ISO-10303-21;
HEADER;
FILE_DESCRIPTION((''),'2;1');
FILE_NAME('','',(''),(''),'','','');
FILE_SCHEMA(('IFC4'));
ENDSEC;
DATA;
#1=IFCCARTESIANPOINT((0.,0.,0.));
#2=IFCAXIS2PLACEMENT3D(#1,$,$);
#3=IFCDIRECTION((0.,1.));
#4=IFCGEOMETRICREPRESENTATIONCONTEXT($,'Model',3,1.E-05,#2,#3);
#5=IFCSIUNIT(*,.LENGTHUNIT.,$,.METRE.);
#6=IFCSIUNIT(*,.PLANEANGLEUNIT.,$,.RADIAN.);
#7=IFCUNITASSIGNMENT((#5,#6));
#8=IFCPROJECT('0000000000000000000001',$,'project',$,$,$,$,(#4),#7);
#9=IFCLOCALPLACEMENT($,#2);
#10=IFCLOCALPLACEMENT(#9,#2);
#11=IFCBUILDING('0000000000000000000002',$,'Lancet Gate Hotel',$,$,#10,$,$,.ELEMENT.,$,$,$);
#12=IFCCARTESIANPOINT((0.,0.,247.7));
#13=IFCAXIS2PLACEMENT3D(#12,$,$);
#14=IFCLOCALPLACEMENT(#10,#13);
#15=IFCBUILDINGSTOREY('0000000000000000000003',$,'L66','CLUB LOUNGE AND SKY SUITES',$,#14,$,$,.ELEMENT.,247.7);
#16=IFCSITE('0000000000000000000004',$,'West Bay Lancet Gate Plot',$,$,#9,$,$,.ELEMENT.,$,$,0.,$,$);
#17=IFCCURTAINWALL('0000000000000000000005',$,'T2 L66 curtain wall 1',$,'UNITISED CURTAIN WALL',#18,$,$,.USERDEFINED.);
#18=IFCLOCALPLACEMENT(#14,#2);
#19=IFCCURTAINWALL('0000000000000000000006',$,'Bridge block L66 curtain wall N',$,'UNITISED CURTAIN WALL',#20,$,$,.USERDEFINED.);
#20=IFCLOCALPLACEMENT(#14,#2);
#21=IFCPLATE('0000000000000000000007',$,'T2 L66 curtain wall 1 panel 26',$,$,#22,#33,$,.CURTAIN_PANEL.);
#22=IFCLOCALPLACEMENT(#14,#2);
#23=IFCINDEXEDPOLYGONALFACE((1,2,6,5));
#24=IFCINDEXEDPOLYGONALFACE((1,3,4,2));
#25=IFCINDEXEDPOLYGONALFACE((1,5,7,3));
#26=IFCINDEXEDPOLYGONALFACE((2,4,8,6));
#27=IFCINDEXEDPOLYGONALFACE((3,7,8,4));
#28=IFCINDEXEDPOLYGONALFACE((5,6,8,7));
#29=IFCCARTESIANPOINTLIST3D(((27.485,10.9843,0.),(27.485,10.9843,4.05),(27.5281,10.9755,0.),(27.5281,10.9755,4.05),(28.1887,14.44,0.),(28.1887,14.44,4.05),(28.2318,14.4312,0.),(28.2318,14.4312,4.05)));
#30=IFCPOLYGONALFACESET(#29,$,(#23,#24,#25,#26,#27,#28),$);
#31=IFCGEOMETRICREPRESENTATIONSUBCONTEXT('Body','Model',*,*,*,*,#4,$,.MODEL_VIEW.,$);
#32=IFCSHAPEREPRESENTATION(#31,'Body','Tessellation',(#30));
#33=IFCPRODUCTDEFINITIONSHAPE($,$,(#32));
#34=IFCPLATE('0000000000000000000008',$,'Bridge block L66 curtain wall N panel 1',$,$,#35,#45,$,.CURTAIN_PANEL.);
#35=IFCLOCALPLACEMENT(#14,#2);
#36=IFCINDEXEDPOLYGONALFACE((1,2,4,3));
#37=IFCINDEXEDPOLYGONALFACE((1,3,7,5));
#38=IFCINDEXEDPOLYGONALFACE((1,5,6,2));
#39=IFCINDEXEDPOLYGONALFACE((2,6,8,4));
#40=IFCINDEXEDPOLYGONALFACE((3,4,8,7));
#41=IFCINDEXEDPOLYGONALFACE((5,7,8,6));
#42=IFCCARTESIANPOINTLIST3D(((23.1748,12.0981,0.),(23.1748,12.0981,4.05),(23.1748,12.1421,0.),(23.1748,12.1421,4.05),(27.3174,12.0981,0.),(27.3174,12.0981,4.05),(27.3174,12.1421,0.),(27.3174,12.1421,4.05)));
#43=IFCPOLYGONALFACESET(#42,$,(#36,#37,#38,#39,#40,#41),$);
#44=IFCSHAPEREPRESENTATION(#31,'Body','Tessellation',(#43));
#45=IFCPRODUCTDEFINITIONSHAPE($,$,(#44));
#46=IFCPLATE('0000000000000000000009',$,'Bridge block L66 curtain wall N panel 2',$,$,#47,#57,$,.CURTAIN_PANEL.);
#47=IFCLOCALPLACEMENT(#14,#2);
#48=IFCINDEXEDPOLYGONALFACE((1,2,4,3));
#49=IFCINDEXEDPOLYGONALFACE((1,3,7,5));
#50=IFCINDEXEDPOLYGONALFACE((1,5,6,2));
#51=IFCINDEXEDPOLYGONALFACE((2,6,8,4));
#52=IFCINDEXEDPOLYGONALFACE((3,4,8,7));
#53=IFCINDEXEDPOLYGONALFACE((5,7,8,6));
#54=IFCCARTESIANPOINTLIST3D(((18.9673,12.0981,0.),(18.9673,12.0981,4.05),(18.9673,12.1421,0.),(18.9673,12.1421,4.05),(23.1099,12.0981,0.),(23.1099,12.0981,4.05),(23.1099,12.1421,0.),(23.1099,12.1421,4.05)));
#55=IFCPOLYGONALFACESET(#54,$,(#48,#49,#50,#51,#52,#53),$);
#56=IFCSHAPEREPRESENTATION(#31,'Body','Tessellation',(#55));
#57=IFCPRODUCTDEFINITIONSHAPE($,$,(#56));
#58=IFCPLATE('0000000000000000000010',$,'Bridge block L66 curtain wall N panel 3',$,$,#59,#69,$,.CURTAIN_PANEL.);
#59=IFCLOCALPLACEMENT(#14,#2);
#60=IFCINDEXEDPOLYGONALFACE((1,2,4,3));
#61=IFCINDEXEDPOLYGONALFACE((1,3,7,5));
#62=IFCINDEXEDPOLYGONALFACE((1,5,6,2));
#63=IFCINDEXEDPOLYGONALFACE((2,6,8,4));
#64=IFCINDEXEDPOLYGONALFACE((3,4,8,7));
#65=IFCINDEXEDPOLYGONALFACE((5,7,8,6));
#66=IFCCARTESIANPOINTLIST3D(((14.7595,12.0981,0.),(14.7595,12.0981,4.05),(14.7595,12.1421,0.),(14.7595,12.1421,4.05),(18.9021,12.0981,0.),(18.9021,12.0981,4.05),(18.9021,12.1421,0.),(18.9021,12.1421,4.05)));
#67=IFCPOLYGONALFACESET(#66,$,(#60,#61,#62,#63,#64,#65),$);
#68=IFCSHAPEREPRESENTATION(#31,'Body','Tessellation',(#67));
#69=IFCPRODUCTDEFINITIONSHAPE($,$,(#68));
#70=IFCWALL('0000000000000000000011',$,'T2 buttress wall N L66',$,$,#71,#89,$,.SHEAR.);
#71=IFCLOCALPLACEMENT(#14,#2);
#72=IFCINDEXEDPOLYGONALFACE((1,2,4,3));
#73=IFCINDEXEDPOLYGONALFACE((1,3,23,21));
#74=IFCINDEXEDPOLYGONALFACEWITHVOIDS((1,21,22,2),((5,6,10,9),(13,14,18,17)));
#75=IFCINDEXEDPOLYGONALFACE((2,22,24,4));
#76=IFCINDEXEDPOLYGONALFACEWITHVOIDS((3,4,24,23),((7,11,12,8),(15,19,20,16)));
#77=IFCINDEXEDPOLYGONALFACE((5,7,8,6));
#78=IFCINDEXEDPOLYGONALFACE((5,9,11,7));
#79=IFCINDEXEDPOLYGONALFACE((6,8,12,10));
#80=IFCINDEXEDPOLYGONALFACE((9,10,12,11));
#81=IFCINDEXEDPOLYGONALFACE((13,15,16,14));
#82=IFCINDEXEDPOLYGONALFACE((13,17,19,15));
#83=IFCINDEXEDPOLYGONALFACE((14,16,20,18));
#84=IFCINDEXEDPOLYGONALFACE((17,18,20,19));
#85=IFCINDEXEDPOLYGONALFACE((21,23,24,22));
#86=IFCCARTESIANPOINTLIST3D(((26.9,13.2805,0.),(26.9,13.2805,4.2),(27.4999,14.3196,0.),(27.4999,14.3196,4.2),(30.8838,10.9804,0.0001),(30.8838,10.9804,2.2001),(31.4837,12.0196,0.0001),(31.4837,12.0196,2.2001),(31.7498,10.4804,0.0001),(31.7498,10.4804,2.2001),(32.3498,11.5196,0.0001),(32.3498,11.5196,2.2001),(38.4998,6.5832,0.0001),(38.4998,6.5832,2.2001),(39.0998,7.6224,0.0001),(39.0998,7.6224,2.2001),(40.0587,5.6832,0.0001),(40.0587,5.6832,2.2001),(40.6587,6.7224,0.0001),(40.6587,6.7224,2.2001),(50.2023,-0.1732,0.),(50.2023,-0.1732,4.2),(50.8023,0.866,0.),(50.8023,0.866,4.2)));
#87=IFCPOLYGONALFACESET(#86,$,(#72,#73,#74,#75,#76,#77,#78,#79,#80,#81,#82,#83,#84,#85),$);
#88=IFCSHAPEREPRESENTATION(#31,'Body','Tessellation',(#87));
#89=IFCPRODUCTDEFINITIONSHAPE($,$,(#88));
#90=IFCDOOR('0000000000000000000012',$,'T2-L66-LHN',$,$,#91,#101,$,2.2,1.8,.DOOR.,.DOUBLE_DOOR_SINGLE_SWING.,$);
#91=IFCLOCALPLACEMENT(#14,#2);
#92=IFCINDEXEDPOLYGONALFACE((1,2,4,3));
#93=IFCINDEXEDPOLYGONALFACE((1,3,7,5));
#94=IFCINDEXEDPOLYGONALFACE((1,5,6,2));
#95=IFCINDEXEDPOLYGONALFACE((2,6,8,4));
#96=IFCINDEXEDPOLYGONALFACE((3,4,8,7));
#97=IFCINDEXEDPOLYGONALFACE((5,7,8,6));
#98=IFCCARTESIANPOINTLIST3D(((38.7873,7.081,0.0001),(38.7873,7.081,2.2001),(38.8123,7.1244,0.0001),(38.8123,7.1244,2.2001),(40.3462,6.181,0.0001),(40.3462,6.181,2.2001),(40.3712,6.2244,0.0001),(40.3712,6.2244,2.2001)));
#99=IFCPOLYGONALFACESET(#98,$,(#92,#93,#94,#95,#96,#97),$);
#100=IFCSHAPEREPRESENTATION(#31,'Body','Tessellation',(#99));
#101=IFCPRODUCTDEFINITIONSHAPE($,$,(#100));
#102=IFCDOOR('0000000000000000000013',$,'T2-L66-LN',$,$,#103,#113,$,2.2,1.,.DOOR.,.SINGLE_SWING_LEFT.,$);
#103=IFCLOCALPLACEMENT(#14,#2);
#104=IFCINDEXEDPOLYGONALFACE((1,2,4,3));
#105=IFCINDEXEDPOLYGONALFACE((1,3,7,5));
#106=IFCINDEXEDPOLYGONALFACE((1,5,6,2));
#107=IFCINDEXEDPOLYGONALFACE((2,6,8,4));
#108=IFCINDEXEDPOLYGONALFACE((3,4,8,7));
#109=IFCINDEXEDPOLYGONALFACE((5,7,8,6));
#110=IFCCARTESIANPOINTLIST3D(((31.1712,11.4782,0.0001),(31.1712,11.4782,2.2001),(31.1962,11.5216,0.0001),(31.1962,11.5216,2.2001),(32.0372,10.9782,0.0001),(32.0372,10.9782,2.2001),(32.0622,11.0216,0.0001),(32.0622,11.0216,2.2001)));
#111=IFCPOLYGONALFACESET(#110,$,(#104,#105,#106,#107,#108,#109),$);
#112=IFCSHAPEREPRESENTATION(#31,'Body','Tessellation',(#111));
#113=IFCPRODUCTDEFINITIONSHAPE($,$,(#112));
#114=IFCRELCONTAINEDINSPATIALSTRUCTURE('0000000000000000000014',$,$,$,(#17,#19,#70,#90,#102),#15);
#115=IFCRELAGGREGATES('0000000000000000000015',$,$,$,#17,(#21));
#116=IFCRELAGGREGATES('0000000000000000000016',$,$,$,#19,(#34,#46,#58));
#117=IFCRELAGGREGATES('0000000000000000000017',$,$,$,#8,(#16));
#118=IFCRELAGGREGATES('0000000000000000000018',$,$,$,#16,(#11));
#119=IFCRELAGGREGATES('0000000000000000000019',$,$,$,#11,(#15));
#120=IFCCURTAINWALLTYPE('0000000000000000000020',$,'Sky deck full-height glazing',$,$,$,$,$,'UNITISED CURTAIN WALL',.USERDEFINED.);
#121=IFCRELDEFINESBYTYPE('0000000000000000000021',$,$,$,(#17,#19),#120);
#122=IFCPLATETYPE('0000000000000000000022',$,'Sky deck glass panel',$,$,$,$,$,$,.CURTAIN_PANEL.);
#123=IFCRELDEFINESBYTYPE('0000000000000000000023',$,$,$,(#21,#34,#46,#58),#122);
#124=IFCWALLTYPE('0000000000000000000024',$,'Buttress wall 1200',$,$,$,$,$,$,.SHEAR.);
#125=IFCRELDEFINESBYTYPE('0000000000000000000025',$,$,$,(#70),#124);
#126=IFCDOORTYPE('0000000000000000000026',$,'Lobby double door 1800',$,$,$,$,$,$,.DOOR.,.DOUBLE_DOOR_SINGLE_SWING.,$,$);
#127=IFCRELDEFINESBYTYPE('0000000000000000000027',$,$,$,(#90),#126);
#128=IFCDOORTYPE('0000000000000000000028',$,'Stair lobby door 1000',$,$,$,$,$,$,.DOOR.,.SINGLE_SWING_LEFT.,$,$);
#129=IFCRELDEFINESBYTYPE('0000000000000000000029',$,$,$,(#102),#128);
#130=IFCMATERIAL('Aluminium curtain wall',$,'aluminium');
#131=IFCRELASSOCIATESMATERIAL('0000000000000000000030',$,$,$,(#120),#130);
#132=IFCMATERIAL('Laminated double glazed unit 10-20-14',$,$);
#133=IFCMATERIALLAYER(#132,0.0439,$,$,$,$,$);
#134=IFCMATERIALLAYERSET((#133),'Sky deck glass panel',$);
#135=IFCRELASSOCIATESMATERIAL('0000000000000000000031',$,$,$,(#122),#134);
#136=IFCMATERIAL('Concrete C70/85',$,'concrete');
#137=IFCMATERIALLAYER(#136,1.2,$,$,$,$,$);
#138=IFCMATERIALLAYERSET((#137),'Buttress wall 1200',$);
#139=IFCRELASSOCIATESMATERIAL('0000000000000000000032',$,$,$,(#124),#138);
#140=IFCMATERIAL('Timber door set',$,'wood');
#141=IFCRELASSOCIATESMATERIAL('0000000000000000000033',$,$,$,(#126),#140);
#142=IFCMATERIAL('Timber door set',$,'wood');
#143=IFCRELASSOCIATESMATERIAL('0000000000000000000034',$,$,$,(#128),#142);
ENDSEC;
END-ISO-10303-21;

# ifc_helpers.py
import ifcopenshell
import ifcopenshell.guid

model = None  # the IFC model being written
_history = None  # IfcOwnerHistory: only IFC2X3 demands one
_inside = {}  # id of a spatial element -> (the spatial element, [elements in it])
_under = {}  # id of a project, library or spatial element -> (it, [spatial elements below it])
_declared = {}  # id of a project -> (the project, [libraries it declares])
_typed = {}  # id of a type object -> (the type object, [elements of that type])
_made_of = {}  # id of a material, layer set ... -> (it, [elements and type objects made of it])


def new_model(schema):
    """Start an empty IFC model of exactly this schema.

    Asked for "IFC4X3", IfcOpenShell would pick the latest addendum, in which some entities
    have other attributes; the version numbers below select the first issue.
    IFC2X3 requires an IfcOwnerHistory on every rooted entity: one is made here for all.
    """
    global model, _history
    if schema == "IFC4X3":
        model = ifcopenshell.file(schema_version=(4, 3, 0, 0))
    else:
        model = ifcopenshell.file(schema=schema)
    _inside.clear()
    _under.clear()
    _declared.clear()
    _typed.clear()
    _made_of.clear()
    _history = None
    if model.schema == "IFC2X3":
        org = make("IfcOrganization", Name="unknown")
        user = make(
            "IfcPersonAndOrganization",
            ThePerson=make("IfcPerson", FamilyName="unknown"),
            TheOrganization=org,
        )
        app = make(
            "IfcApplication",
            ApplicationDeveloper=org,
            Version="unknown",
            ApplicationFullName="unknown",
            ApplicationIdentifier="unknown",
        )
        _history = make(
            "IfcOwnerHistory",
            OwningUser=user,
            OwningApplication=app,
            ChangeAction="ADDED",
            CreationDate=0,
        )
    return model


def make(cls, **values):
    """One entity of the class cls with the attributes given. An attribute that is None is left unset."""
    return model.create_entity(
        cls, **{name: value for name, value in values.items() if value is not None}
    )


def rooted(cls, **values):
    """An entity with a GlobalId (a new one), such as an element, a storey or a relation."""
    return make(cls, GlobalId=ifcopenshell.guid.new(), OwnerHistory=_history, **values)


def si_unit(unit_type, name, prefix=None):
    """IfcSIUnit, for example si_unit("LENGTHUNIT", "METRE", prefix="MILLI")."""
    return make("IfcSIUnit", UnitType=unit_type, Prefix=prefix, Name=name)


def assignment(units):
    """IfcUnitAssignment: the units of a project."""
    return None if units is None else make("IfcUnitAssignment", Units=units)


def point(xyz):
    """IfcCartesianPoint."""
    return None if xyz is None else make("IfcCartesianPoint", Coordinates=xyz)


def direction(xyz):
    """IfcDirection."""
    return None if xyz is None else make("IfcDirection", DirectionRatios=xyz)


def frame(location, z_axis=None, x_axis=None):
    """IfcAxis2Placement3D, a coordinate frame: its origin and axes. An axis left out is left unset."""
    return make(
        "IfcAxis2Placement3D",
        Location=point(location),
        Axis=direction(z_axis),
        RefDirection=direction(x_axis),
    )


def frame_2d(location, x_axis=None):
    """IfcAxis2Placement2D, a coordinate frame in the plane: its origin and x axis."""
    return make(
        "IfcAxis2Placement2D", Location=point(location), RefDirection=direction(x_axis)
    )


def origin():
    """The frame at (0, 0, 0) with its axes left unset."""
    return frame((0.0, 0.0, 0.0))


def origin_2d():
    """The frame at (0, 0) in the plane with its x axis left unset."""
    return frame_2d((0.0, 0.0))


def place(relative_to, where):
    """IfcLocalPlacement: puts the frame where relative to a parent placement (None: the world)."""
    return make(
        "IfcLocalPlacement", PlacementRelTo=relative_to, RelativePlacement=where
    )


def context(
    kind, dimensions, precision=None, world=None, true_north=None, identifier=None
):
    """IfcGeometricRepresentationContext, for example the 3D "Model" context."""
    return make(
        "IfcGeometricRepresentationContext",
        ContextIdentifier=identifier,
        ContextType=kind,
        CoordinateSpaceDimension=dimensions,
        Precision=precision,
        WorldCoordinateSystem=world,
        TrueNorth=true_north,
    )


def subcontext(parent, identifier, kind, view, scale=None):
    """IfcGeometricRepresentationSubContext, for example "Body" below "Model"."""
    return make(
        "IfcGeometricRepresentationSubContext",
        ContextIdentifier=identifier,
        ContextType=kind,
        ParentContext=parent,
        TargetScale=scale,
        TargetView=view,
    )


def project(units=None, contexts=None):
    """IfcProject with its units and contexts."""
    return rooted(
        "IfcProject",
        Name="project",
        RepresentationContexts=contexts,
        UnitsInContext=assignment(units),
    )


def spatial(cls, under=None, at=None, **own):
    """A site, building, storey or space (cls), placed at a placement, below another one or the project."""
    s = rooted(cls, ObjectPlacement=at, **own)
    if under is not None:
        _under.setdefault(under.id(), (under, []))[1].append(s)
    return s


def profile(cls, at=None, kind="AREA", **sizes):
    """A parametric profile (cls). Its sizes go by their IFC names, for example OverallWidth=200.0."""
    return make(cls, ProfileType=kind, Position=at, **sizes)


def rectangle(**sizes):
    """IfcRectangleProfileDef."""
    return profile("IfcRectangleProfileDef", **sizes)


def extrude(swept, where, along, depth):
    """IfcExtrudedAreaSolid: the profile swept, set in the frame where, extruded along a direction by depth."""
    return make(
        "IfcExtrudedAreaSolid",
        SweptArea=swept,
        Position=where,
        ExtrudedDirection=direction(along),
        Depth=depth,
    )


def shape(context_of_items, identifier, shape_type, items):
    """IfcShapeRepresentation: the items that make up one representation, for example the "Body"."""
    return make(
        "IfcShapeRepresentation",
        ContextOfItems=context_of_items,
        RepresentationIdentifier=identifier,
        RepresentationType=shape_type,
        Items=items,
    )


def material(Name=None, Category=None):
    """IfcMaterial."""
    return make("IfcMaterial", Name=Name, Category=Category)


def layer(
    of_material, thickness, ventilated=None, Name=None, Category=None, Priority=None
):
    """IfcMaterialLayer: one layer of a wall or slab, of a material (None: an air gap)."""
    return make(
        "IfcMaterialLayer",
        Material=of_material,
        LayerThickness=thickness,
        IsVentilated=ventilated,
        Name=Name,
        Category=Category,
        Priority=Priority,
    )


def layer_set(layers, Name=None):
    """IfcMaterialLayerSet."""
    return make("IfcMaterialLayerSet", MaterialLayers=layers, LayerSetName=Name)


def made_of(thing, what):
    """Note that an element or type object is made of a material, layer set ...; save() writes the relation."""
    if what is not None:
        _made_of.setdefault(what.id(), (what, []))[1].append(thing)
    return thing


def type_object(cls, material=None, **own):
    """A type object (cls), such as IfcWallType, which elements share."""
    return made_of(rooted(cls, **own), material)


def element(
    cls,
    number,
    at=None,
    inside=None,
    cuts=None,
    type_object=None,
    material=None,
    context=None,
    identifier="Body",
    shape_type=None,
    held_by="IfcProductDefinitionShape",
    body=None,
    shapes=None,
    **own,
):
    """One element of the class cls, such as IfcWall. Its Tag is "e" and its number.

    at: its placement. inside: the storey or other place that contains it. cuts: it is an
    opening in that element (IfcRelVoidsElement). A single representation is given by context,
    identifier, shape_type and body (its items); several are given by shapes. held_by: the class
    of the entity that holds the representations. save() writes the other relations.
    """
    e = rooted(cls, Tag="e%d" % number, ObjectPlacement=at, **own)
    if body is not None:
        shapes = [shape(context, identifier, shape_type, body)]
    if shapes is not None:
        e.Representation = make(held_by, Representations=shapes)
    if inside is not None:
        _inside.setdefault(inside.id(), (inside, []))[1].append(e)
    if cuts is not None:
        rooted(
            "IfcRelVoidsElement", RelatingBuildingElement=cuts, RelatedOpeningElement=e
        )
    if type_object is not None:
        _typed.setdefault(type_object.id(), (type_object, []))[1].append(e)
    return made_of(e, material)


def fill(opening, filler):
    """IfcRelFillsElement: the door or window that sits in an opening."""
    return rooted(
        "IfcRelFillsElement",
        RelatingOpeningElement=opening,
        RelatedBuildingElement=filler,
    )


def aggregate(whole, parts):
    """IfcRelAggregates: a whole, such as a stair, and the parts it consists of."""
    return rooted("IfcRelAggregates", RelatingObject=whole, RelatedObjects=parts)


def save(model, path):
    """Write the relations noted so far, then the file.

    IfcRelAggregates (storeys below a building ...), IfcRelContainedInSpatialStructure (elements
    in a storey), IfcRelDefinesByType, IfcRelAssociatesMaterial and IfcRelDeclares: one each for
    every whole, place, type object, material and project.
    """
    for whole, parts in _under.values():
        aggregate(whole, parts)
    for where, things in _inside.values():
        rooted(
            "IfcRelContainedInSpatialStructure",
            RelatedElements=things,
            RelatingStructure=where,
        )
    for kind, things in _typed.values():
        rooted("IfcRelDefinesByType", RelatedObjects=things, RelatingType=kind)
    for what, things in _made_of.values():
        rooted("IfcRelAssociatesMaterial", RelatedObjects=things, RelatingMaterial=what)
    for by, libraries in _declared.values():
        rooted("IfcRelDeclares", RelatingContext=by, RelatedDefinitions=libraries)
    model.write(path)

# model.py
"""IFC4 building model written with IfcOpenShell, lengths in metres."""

from ifc_helpers import new_model, si_unit, direction, frame, frame_2d, origin, origin_2d, place, context, subcontext, project, spatial, rectangle, extrude, material, layer, layer_set, type_object, element, fill, aggregate, save


model = new_model("IFC4")

# Units and contexts
model_context = context("Model", 3, precision=1e-05, world=origin(), true_north=direction((0.0, 1.0)))
body_context = subcontext(model_context, "Body", "Model", "MODEL_VIEW")
ifc_project = project(units=[si_unit("LENGTHUNIT", "METRE"), si_unit("PLANEANGLEUNIT", "RADIAN")], contexts=[model_context])

# Site, building, storey
site_placement = place(None, origin())
site = spatial("IfcSite", under=ifc_project, at=site_placement, Name="West Bay Lancet Gate Plot", CompositionType="ELEMENT", RefElevation=0.0)
building_placement = place(site_placement, origin())
building = spatial("IfcBuilding", under=site, at=building_placement, Name="Lancet Gate Hotel", CompositionType="ELEMENT")
storey_placement = place(building_placement, frame((0.0, 0.0, 247.7)))
storey = spatial("IfcBuildingStorey", under=building, at=storey_placement, Name="L66", Description="CLUB LOUNGE AND SKY SUITES", CompositionType="ELEMENT", Elevation=247.7)

# Curtain wall
ifc_material_1 = material(Name="Aluminium curtain wall", Category="aluminium")
curtain_wall_type = type_object("IfcCurtainWallType", Name="Sky deck full-height glazing", ElementType="UNITISED CURTAIN WALL", PredefinedType="USERDEFINED", material=ifc_material_1)
curtain_wall_1_placement = place(storey_placement, origin())
curtain_wall_1 = element("IfcCurtainWall", 1, at=curtain_wall_1_placement, inside=storey, type_object=curtain_wall_type, Name="T2 L66 curtain wall 1", ObjectType="UNITISED CURTAIN WALL", PredefinedType="USERDEFINED")

# Curtain wall
curtain_wall_2_placement = place(storey_placement, origin())
curtain_wall_2 = element("IfcCurtainWall", 2, at=curtain_wall_2_placement, inside=storey, type_object=curtain_wall_type, Name="Bridge block L66 curtain wall N", ObjectType="UNITISED CURTAIN WALL", PredefinedType="USERDEFINED")

# Plates
ifc_material_2 = material(Name="Laminated double glazed unit 10-20-14")
ifc_layer_1 = layer(ifc_material_2, 0.0439)
ifc_layer_set_1 = layer_set([ifc_layer_1], Name="Sky deck glass panel")
plate_type = type_object("IfcPlateType", Name="Sky deck glass panel", PredefinedType="CURTAIN_PANEL", material=ifc_layer_set_1)
plate_1_placement = place(storey_placement, frame((27.8584, 12.7078, 0.0), z_axis=(0.0, 0.0, 1.0), x_axis=(-0.199533, -0.979891, 0.0)))
plate_1 = element("IfcPlate", 3, at=plate_1_placement, type_object=plate_type, Name="T2 L66 curtain wall 1 panel 26", PredefinedType="CURTAIN_PANEL", context=body_context, shape_type="SweptSolid", body=[
    extrude(rectangle(XDim=3.5266, YDim=0.0439, at=origin_2d()), origin(), (0.0, 0.0, 1.0), 4.05),
])
aggregate(curtain_wall_1, [plate_1])
plate_2_placement = place(storey_placement, frame((25.2461, 12.1201, 0.0), z_axis=(0.0, 0.0, 1.0), x_axis=(-1.0, 0.0, 0.0)))
plate_2 = element("IfcPlate", 4, at=plate_2_placement, type_object=plate_type, Name="Bridge block L66 curtain wall N panel 1", PredefinedType="CURTAIN_PANEL", context=body_context, shape_type="SweptSolid", body=[
    extrude(rectangle(XDim=4.1426, YDim=0.0439, at=origin_2d()), origin(), (0.0, 0.0, 1.0), 4.05),
])
plate_3_placement = place(storey_placement, frame((21.0386, 12.1201, 0.0), z_axis=(0.0, 0.0, 1.0), x_axis=(-1.0, 0.0, 0.0)))
plate_3 = element("IfcPlate", 5, at=plate_3_placement, type_object=plate_type, Name="Bridge block L66 curtain wall N panel 2", PredefinedType="CURTAIN_PANEL", context=body_context, shape_type="SweptSolid", body=[
    extrude(rectangle(XDim=4.1426, YDim=0.0439, at=origin_2d()), origin(), (0.0, 0.0, 1.0), 4.05),
])
plate_4_placement = place(storey_placement, frame((16.8308, 12.1201, 0.0), z_axis=(0.0, 0.0, 1.0), x_axis=(-1.0, 0.0, 0.0)))
plate_4 = element("IfcPlate", 6, at=plate_4_placement, type_object=plate_type, Name="Bridge block L66 curtain wall N panel 3", PredefinedType="CURTAIN_PANEL", context=body_context, shape_type="SweptSolid", body=[
    extrude(rectangle(XDim=4.1426, YDim=0.0439, at=origin_2d()), origin(), (0.0, 0.0, 1.0), 4.05),
])
aggregate(curtain_wall_2, [plate_2, plate_3, plate_4])

# Wall, openings, doors
ifc_material_3 = material(Name="Concrete C70/85", Category="concrete")
ifc_layer_2 = layer(ifc_material_3, 1.2)
ifc_layer_set_2 = layer_set([ifc_layer_2], Name="Buttress wall 1200")
wall_type = type_object("IfcWallType", Name="Buttress wall 1200", PredefinedType="SHEAR", material=ifc_layer_set_2)
wall_placement = place(storey_placement, frame((27.2, 13.8, 0.0), z_axis=(0.0, 0.0, 1.0), x_axis=(0.866025, -0.500002, 0.0)))
wall = element("IfcWall", 7, at=wall_placement, inside=storey, type_object=wall_type, Name="T2 buttress wall N L66", PredefinedType="SHEAR", context=body_context, shape_type="SweptSolid", body=[
    extrude(rectangle(XDim=26.9072, YDim=1.2, at=frame_2d((13.4536, 0.0))), origin(), (0.0, 0.0, 1.0), 4.2),
])
opening_1_placement = place(wall_placement, frame((4.6001, 0.0, 0.0)))
opening_1 = element("IfcOpeningElement", 8, at=opening_1_placement, cuts=wall, PredefinedType="OPENING", context=body_context, shape_type="SweptSolid", body=[
    extrude(rectangle(XDim=1.0, YDim=2.2, at=frame_2d((0.5, 1.1001))), frame((0.0, 0.6099, 0.0), z_axis=(0.0, -1.0, 0.0), x_axis=(1.0, 0.0, 0.0)), (0.0, 0.0, 1.0), 1.22),
])
opening_2_placement = place(wall_placement, frame((13.3945, 0.0, 0.0)))
opening_2 = element("IfcOpeningElement", 9, at=opening_2_placement, cuts=wall, PredefinedType="OPENING", context=body_context, shape_type="SweptSolid", body=[
    extrude(rectangle(XDim=1.8, YDim=2.2, at=frame_2d((0.8999, 1.1001))), frame((0.0, 0.6099, 0.0), z_axis=(0.0, -1.0, 0.0), x_axis=(1.0, 0.0, 0.0)), (0.0, 0.0, 1.0), 1.22),
])
ifc_material_4 = material(Name="Timber door set", Category="wood")
door_type_1 = type_object("IfcDoorType", Name="Lobby double door 1800", OperationType="DOUBLE_DOOR_SINGLE_SWING", PredefinedType="DOOR", material=ifc_material_4)
door_1_placement = place(opening_2_placement, origin())
door_1 = element("IfcDoor", 10, at=door_1_placement, inside=storey, type_object=door_type_1, Name="T2-L66-LHN", OperationType="DOUBLE_DOOR_SINGLE_SWING", OverallHeight=2.2, OverallWidth=1.8, PredefinedType="DOOR", context=body_context, shape_type="SweptSolid", body=[
    extrude(rectangle(XDim=1.8, YDim=2.2, at=frame_2d((0.8999, 1.1001))), frame((0.0, 0.0249, 0.0), z_axis=(0.0, -1.0, 0.0), x_axis=(1.0, 0.0, 0.0)), (0.0, 0.0, 1.0), 0.05),
])
fill(opening_2, door_1)
ifc_material_5 = material(Name="Timber door set", Category="wood")
door_type_2 = type_object("IfcDoorType", Name="Stair lobby door 1000", OperationType="SINGLE_SWING_LEFT", PredefinedType="DOOR", material=ifc_material_5)
door_2_placement = place(opening_1_placement, origin())
door_2 = element("IfcDoor", 11, at=door_2_placement, inside=storey, type_object=door_type_2, Name="T2-L66-LN", OperationType="SINGLE_SWING_LEFT", OverallHeight=2.2, OverallWidth=1.0, PredefinedType="DOOR", context=body_context, shape_type="SweptSolid", body=[
    extrude(rectangle(XDim=1.0, YDim=2.2, at=frame_2d((0.5, 1.1001))), frame((0.0, 0.0249, 0.0), z_axis=(0.0, -1.0, 0.0), x_axis=(1.0, 0.0, 0.0)), (0.0, 0.0, 1.0), 0.05),
])
fill(opening_1, door_2)

save(model, "model.ifc")
